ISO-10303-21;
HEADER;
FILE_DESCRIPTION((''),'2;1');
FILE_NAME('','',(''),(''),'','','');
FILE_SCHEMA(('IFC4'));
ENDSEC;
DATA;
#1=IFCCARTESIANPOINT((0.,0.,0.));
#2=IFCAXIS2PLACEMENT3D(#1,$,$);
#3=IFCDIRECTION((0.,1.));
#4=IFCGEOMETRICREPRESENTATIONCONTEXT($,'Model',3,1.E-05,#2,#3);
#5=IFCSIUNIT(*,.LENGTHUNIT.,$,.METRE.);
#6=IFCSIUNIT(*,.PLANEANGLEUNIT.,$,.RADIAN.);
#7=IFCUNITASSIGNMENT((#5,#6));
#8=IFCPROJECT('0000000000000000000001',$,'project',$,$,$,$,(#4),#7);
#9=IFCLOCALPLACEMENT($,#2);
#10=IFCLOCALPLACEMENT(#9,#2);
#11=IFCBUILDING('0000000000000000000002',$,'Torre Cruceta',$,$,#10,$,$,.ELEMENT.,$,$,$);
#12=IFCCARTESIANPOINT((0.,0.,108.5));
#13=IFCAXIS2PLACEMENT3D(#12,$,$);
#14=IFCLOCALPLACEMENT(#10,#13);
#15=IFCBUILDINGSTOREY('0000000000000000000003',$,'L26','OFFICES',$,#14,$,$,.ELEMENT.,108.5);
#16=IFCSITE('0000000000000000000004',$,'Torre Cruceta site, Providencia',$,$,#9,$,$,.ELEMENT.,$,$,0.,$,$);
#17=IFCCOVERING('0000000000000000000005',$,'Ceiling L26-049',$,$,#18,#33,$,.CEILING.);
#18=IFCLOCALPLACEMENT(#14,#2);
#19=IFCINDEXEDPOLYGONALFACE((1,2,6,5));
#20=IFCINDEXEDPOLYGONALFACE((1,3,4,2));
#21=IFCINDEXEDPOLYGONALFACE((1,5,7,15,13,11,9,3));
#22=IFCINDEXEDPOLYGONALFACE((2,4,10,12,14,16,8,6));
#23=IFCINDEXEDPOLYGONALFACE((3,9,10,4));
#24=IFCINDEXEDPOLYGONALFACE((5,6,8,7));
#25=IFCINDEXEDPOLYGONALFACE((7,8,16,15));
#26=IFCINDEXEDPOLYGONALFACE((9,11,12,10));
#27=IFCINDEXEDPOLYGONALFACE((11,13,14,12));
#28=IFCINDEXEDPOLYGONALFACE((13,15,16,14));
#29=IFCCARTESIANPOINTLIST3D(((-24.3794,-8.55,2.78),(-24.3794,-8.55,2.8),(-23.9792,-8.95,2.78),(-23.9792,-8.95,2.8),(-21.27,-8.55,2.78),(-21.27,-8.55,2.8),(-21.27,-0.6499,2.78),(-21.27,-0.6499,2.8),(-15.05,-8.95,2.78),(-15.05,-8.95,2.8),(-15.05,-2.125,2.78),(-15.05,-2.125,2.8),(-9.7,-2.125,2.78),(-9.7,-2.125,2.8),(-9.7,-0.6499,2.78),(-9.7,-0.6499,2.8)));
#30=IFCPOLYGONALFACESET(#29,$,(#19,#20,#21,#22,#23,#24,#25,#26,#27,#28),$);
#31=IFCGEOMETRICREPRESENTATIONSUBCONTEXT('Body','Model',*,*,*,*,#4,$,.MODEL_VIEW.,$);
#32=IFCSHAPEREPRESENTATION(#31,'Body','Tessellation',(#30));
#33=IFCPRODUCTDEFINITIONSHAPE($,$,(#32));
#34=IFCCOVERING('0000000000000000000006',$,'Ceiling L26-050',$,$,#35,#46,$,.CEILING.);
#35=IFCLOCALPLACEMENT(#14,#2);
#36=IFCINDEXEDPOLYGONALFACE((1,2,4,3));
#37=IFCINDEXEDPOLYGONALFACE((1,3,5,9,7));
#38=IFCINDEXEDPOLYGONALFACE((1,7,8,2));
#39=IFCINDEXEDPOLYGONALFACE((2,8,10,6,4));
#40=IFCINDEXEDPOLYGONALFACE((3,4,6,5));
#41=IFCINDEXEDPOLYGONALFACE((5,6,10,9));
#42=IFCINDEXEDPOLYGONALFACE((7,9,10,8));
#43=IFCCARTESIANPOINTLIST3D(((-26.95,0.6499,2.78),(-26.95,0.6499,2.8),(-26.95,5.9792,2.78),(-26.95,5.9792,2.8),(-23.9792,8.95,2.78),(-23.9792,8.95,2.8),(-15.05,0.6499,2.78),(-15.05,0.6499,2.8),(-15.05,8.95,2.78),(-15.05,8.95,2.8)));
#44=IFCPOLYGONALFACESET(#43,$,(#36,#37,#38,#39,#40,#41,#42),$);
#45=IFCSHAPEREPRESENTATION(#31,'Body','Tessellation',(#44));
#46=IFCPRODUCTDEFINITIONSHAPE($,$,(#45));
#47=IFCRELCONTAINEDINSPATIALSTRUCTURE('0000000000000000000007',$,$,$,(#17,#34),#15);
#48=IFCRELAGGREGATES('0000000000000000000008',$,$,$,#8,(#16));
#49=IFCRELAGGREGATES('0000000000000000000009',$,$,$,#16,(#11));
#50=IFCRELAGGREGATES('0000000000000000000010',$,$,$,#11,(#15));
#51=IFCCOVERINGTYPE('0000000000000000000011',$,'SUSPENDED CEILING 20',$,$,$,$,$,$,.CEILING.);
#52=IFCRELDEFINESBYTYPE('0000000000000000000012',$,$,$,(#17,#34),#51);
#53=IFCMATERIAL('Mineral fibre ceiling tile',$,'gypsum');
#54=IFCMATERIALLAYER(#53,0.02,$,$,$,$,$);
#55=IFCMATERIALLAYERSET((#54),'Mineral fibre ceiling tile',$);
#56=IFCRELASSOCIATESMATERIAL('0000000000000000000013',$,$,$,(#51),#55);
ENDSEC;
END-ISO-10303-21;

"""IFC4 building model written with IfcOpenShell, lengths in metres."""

from ifc_helpers import new_model, si_unit, direction, frame, origin, place, context, subcontext, project, spatial, polyline, outline, extrude, material, layer, layer_set, type_object, element, save


model = new_model("IFC4")

# Units and contexts
model_context = context("Model", 3, precision=1e-05, world=origin(), true_north=direction((0.0, 1.0)))
body_context = subcontext(model_context, "Body", "Model", "MODEL_VIEW")
ifc_project = project(units=[si_unit("LENGTHUNIT", "METRE"), si_unit("PLANEANGLEUNIT", "RADIAN")], contexts=[model_context])

# Site, building, storey
site_placement = place(None, origin())
site = spatial("IfcSite", under=ifc_project, at=site_placement, Name="Torre Cruceta site, Providencia", CompositionType="ELEMENT", RefElevation=0.0)
building_placement = place(site_placement, origin())
building = spatial("IfcBuilding", under=site, at=building_placement, Name="Torre Cruceta", CompositionType="ELEMENT")
storey_placement = place(building_placement, frame((0.0, 0.0, 108.5)))
storey = spatial("IfcBuildingStorey", under=building, at=storey_placement, Name="L26", Description="OFFICES", CompositionType="ELEMENT", Elevation=108.5)

# Coverings
ifc_material_1 = material(Name="Mineral fibre ceiling tile", Category="gypsum")
ifc_layer_1 = layer(ifc_material_1, 0.02)
ifc_layer_set_1 = layer_set([ifc_layer_1], Name="Mineral fibre ceiling tile")
covering_type_1 = type_object("IfcCoveringType", Name="SUSPENDED CEILING 20", PredefinedType="CEILING", material=ifc_layer_set_1)
covering_1_placement = place(storey_placement, frame((0.0, 0.0, 2.78)))
element("IfcCovering", 1, at=covering_1_placement, inside=storey, type_object=covering_type_1, Name="Ceiling L26-049", PredefinedType="CEILING", context=body_context, shape_type="SweptSolid", body=[
    extrude(outline(polyline([(-9.7, -2.125), (-15.05, -2.125), (-15.05, -8.95), (-23.9792, -8.95), (-24.3794, -8.55), (-21.27, -8.55), (-21.27, -0.6499), (-9.7, -0.6499), (-9.7, -2.125)])), origin(), (0.0, 0.0, 1.0), 0.02),
])
covering_2_placement = place(storey_placement, frame((0.0, 0.0, 2.78)))
element("IfcCovering", 2, at=covering_2_placement, inside=storey, type_object=covering_type_1, Name="Ceiling L26-050", PredefinedType="CEILING", context=body_context, shape_type="SweptSolid", body=[
    extrude(outline(polyline([(-23.9792, 8.95), (-15.05, 8.95), (-15.05, 0.6499), (-26.95, 0.6499), (-26.95, 5.9792), (-23.9792, 8.95)])), origin(), (0.0, 0.0, 1.0), 0.02),
])

save(model, "model.ifc")
